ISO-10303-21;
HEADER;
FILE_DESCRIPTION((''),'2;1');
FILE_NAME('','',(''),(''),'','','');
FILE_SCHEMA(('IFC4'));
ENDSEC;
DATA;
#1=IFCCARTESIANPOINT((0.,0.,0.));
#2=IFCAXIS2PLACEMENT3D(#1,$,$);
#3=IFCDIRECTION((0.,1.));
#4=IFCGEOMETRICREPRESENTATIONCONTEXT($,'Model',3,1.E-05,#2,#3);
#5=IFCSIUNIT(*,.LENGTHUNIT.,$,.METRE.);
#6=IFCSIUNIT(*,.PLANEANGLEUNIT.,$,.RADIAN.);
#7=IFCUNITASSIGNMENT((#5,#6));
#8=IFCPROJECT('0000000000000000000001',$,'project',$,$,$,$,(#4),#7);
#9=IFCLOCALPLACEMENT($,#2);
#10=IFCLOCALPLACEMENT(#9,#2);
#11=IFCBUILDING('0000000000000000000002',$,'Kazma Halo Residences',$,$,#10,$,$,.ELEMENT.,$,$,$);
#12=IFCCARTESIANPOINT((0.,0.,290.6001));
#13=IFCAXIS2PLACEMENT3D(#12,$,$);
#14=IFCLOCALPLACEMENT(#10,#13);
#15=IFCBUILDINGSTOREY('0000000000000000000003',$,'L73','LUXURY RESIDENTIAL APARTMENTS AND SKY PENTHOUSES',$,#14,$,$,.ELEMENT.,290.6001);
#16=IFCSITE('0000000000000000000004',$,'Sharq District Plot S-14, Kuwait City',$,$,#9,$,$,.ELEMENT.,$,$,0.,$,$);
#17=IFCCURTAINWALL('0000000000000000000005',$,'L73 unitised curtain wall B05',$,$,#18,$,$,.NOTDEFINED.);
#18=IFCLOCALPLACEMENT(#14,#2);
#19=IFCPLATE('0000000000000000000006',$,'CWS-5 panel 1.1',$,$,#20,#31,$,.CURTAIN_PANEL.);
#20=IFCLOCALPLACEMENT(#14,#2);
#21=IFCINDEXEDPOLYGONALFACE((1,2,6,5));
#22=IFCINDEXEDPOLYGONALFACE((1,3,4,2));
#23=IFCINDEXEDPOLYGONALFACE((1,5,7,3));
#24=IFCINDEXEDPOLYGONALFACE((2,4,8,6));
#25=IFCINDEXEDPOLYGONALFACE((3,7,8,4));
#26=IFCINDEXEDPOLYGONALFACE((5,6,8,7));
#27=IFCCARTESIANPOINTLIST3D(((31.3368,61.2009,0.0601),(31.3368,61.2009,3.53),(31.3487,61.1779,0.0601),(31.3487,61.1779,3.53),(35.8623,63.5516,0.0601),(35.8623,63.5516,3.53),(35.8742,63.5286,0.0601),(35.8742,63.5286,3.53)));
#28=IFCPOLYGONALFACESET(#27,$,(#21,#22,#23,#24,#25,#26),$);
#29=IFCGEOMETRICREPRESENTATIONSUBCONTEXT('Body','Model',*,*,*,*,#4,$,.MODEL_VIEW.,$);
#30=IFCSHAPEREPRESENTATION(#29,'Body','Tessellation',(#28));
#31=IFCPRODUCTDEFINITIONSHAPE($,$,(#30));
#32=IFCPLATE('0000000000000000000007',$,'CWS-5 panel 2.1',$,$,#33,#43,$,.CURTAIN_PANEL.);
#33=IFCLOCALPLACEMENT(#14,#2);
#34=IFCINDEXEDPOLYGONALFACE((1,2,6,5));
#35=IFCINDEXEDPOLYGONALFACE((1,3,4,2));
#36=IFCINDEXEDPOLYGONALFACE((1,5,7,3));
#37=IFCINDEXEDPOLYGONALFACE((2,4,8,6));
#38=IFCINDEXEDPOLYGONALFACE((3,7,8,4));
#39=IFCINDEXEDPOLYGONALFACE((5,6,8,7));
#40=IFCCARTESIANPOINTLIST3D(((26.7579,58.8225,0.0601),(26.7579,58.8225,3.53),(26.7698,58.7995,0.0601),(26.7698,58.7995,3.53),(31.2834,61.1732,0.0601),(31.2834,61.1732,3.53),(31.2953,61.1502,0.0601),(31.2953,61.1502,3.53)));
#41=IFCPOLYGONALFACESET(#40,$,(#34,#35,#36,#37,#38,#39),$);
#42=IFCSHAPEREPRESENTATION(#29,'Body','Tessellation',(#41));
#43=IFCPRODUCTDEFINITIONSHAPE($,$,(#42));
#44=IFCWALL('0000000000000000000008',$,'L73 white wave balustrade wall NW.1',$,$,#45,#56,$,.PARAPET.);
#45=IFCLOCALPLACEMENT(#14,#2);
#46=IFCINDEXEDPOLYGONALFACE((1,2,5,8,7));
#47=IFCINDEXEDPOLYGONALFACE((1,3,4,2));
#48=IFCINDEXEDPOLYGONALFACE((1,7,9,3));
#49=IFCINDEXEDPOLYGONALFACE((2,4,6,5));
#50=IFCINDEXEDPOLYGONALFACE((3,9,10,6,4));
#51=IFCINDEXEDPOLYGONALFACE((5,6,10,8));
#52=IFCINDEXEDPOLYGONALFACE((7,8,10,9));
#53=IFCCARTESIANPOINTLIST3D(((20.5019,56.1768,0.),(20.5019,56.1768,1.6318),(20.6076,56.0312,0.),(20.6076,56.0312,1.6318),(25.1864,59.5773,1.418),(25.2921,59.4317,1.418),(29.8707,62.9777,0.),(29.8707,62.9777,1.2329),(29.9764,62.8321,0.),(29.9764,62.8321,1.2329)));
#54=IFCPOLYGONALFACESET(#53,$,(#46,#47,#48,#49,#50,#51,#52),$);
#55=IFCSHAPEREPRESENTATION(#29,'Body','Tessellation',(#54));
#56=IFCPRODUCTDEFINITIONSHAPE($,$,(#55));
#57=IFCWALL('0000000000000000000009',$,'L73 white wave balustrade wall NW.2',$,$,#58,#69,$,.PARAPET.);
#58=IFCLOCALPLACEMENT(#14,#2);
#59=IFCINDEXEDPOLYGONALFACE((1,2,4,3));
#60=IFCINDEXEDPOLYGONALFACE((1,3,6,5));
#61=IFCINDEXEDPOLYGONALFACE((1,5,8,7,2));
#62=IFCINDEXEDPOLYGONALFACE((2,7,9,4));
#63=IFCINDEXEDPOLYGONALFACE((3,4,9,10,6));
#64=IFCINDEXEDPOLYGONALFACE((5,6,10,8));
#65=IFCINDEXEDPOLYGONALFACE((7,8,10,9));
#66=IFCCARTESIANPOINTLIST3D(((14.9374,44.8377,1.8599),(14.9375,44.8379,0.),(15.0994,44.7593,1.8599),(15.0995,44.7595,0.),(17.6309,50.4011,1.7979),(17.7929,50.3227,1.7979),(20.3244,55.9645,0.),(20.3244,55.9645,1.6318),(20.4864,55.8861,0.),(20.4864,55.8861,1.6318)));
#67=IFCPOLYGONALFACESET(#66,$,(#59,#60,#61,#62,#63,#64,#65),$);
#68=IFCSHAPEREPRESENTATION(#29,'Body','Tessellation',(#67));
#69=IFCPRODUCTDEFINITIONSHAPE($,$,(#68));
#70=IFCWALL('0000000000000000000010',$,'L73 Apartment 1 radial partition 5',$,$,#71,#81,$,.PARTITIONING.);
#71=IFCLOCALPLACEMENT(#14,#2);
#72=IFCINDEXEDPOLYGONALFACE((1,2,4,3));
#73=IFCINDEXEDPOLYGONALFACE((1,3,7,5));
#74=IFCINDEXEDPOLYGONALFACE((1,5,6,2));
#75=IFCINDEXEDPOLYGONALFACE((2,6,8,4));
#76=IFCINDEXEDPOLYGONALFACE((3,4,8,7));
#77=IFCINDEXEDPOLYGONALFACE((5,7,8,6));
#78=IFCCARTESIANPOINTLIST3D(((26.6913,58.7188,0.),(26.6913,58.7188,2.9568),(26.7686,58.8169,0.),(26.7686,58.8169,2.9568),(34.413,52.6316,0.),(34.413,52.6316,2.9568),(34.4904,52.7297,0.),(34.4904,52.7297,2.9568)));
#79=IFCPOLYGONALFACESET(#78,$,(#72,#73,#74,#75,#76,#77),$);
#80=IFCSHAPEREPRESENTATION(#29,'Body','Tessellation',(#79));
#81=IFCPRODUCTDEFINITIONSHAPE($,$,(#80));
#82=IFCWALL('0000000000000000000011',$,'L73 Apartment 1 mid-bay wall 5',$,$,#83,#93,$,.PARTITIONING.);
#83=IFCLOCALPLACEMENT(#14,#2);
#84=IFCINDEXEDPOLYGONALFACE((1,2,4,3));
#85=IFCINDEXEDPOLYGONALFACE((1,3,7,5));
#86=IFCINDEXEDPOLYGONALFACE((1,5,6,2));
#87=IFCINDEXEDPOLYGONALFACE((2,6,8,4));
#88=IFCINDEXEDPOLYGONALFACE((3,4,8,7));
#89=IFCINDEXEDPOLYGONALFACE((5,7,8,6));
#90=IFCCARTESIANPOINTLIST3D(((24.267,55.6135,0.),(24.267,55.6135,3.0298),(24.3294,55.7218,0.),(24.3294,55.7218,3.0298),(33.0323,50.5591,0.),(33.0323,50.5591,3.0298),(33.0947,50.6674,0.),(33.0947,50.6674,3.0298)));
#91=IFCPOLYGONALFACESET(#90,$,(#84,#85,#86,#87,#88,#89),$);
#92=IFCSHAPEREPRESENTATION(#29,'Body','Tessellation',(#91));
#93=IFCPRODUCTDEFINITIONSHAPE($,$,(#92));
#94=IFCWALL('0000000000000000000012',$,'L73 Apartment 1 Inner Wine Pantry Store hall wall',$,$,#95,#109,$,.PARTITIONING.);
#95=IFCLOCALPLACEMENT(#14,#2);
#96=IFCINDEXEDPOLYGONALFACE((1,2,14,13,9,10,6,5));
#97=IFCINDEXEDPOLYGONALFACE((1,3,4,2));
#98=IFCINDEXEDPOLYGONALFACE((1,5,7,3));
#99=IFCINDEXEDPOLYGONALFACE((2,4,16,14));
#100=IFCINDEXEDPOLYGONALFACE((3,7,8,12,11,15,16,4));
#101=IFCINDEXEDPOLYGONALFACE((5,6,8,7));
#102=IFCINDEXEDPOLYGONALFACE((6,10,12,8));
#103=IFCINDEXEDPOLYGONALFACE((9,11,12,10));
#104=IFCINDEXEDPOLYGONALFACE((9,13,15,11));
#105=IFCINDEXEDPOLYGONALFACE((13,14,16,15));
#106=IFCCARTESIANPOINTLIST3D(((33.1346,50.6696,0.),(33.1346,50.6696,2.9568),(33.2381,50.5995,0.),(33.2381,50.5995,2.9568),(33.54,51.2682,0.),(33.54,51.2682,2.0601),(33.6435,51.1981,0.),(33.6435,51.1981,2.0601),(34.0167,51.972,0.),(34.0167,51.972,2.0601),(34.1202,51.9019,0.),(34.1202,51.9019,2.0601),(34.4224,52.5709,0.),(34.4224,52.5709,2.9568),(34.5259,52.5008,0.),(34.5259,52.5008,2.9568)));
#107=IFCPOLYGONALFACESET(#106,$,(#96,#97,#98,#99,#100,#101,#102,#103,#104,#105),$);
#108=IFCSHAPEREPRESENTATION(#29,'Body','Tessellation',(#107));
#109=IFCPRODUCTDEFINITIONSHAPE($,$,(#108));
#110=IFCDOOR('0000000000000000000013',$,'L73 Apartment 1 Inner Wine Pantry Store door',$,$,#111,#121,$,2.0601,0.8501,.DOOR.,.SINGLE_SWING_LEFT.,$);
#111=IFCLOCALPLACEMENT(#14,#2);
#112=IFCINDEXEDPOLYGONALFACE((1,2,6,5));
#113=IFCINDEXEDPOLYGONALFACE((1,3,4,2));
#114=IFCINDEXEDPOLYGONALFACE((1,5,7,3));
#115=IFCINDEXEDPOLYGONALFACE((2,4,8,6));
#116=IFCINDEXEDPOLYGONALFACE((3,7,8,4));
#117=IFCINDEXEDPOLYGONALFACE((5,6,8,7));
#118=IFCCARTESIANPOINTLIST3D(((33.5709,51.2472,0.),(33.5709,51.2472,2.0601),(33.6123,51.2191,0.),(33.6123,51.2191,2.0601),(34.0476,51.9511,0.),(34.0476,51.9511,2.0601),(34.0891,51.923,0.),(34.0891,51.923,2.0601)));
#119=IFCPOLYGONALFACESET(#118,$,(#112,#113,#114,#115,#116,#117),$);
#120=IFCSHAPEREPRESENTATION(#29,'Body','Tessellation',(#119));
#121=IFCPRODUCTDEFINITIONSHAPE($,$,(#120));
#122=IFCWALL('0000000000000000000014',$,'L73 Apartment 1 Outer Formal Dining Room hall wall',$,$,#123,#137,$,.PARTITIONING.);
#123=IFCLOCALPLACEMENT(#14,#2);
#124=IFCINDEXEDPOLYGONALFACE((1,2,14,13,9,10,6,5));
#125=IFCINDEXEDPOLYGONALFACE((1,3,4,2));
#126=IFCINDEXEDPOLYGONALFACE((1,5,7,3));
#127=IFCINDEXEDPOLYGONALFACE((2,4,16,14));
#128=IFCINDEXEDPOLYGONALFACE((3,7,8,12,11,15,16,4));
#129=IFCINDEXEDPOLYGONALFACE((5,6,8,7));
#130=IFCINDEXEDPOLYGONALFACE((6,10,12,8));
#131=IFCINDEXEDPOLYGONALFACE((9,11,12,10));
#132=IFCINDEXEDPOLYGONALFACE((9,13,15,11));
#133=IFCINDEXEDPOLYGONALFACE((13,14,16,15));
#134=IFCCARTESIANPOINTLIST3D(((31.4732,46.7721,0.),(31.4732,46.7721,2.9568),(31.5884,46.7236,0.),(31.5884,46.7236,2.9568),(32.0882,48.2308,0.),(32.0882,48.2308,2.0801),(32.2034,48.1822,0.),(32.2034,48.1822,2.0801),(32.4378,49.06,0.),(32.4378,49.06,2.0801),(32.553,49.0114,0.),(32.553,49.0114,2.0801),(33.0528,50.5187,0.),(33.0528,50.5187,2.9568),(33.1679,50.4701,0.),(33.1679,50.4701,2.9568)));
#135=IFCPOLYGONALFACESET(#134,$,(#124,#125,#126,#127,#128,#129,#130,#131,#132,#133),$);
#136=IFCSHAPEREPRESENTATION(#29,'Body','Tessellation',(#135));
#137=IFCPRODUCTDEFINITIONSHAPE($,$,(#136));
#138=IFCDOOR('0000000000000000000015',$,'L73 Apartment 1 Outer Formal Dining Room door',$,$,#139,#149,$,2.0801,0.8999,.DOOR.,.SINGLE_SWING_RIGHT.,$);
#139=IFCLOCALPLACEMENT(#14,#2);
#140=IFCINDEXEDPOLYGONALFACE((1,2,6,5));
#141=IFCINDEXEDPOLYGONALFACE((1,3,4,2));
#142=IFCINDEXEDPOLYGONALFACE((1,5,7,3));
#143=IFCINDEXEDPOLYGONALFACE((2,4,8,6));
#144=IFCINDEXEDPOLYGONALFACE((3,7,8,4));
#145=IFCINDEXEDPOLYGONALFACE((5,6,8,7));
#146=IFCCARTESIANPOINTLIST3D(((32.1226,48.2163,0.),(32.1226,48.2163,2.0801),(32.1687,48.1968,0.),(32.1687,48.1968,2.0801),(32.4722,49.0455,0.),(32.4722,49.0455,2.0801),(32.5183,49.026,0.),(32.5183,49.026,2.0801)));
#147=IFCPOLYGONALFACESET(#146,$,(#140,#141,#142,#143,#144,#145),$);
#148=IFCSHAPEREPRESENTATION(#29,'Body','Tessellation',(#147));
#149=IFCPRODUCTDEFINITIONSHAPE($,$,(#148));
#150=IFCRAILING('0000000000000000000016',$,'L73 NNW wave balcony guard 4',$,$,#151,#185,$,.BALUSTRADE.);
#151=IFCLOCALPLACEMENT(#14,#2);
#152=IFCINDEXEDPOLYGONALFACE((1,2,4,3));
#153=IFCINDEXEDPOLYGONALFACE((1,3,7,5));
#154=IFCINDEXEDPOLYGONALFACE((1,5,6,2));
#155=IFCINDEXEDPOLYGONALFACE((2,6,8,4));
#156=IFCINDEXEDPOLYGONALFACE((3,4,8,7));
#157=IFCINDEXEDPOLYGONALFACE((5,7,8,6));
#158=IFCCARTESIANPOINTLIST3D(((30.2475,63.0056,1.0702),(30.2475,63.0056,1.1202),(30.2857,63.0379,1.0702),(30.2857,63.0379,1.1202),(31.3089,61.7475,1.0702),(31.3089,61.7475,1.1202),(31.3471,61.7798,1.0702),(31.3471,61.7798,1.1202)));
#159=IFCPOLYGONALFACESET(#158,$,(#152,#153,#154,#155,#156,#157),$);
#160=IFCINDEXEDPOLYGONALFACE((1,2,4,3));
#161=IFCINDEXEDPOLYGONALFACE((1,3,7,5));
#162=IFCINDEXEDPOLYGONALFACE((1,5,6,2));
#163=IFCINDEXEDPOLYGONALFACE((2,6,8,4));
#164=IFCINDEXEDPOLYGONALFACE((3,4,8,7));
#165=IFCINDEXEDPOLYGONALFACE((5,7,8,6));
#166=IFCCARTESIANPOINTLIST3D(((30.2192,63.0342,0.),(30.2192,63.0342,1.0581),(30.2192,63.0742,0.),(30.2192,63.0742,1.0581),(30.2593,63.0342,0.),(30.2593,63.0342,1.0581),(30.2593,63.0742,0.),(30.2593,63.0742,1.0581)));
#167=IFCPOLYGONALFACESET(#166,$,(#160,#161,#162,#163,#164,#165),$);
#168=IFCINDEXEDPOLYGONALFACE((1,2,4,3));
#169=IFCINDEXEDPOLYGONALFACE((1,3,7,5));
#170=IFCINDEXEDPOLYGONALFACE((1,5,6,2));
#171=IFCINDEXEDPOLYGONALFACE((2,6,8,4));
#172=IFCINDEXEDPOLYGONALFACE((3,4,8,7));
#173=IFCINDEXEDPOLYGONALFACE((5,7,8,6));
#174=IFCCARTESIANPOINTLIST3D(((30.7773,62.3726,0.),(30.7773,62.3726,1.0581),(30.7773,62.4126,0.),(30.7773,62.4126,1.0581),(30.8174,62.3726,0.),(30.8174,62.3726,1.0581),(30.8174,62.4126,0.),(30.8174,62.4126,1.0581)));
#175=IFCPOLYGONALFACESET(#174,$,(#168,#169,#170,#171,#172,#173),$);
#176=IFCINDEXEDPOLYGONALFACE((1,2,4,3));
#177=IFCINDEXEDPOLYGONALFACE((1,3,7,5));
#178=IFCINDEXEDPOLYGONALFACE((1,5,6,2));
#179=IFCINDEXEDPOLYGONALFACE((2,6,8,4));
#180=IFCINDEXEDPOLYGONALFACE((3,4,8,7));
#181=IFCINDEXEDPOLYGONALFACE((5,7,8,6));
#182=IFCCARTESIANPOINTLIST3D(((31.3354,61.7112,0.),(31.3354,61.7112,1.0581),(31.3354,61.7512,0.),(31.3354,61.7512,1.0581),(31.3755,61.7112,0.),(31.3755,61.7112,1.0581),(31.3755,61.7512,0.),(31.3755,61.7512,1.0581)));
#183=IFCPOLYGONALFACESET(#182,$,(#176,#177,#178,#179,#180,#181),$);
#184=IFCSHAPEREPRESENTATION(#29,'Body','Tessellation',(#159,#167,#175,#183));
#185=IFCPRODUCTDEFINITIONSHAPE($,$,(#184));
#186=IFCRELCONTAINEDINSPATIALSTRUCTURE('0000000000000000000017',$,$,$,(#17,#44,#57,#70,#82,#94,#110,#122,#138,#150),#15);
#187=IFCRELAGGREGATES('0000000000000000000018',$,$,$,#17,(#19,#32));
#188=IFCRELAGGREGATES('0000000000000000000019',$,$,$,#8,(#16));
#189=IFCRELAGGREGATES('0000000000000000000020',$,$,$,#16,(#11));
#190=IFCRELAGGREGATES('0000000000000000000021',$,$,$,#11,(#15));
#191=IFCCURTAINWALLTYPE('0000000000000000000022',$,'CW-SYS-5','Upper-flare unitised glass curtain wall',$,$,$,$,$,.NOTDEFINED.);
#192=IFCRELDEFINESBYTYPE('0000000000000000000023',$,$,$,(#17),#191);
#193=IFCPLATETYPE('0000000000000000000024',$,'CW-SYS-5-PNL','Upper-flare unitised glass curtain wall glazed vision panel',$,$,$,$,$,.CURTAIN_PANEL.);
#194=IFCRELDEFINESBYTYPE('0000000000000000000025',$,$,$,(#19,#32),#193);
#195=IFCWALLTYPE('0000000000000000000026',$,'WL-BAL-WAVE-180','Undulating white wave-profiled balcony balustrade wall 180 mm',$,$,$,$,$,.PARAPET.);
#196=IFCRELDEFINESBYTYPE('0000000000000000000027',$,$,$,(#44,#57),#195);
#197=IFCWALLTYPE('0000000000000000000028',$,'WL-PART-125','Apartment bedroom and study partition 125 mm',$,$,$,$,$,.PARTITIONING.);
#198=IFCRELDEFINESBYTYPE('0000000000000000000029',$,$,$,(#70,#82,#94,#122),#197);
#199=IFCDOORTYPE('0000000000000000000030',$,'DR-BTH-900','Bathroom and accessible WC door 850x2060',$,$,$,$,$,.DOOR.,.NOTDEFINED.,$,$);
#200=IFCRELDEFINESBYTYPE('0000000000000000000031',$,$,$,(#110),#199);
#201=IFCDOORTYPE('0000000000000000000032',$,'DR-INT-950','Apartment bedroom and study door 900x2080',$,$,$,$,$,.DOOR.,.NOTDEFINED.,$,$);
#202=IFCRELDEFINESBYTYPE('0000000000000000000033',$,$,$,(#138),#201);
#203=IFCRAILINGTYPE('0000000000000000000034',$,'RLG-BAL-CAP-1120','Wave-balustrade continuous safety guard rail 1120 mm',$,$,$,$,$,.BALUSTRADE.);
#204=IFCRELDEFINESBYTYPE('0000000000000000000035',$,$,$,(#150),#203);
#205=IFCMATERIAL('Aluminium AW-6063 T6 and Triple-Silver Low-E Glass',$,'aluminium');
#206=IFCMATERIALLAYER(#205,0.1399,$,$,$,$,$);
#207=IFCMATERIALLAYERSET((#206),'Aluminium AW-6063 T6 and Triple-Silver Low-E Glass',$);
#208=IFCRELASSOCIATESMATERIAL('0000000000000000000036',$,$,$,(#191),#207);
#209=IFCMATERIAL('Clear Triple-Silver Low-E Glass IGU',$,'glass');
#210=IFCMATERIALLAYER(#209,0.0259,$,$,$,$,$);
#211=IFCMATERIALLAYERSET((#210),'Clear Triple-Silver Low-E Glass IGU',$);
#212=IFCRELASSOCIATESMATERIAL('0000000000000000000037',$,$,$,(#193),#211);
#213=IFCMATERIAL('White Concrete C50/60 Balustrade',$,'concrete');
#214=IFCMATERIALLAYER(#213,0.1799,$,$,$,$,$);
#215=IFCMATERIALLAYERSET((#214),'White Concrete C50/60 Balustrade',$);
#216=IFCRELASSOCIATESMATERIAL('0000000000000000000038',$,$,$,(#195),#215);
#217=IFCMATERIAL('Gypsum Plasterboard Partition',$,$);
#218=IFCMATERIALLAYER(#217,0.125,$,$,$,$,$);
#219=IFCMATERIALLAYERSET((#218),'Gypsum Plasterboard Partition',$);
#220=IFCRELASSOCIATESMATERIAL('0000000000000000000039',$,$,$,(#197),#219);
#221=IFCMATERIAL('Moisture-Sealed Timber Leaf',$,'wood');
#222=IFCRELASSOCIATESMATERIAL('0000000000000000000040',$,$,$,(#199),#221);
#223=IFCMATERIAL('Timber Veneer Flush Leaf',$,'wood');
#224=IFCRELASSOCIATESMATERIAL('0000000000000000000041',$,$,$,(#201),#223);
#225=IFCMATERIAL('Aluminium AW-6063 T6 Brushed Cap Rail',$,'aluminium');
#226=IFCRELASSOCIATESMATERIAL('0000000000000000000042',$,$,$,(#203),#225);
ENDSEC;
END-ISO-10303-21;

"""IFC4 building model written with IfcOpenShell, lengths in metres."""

from ifc_helpers import new_model, si_unit, direction, frame, frame_2d, origin, origin_2d, place, context, subcontext, project, spatial, polyline, rectangle, outline, extrude, material, layer, layer_set, type_object, element, fill, aggregate, save


model = new_model("IFC4")

# Units and contexts
model_context = context("Model", 3, precision=1e-05, world=origin(), true_north=direction((0.0, 1.0)))
body_context = subcontext(model_context, "Body", "Model", "MODEL_VIEW")
ifc_project = project(units=[si_unit("LENGTHUNIT", "METRE"), si_unit("PLANEANGLEUNIT", "RADIAN")], contexts=[model_context])

# Site, building, storey
site_placement = place(None, origin())
site = spatial("IfcSite", under=ifc_project, at=site_placement, Name="Sharq District Plot S-14, Kuwait City", CompositionType="ELEMENT", RefElevation=0.0)
building_placement = place(site_placement, origin())
building = spatial("IfcBuilding", under=site, at=building_placement, Name="Kazma Halo Residences", CompositionType="ELEMENT")
storey_placement = place(building_placement, frame((0.0, 0.0, 290.6001)))
storey = spatial("IfcBuildingStorey", under=building, at=storey_placement, Name="L73", Description="LUXURY RESIDENTIAL APARTMENTS AND SKY PENTHOUSES", CompositionType="ELEMENT", Elevation=290.6001)

# Curtain wall, plates
ifc_material_1 = material(Name="Aluminium AW-6063 T6 and Triple-Silver Low-E Glass", Category="aluminium")
ifc_layer_1 = layer(ifc_material_1, 0.1399)
ifc_layer_set_1 = layer_set([ifc_layer_1], Name="Aluminium AW-6063 T6 and Triple-Silver Low-E Glass")
curtain_wall_type = type_object("IfcCurtainWallType", Name="CW-SYS-5", Description="Upper-flare unitised glass curtain wall", PredefinedType="NOTDEFINED", material=ifc_layer_set_1)
curtain_wall_placement = place(storey_placement, origin())
curtain_wall = element("IfcCurtainWall", 1, at=curtain_wall_placement, inside=storey, type_object=curtain_wall_type, Name="L73 unitised curtain wall B05", PredefinedType="NOTDEFINED")
ifc_material_2 = material(Name="Clear Triple-Silver Low-E Glass IGU", Category="glass")
ifc_layer_2 = layer(ifc_material_2, 0.0259)
ifc_layer_set_2 = layer_set([ifc_layer_2], Name="Clear Triple-Silver Low-E Glass IGU")
plate_type = type_object("IfcPlateType", Name="CW-SYS-5-PNL", Description="Upper-flare unitised glass curtain wall glazed vision panel", PredefinedType="CURTAIN_PANEL", material=ifc_layer_set_2)
plate_1_placement = place(storey_placement, frame((33.6055, 62.3647, 0.0601), z_axis=(0.0, 0.0, 1.0), x_axis=(-0.887421, -0.460961, 0.0)))
plate_1 = element("IfcPlate", 2, at=plate_1_placement, type_object=plate_type, Name="CWS-5 panel 1.1", PredefinedType="CURTAIN_PANEL", context=body_context, shape_type="SweptSolid", body=[
    extrude(rectangle(XDim=5.0996, YDim=0.0259, at=origin_2d()), origin(), (0.0, 0.0, 1.0), 3.47),
])
plate_2_placement = place(storey_placement, frame((29.0266, 59.9863, 0.0601), z_axis=(0.0, 0.0, 1.0), x_axis=(-0.887421, -0.460961, 0.0)))
plate_2 = element("IfcPlate", 3, at=plate_2_placement, type_object=plate_type, Name="CWS-5 panel 2.1", PredefinedType="CURTAIN_PANEL", context=body_context, shape_type="SweptSolid", body=[
    extrude(rectangle(XDim=5.0996, YDim=0.0259, at=origin_2d()), origin(), (0.0, 0.0, 1.0), 3.47),
])
aggregate(curtain_wall, [plate_1, plate_2])

# Walls
ifc_material_3 = material(Name="White Concrete C50/60 Balustrade", Category="concrete")
ifc_layer_3 = layer(ifc_material_3, 0.1799)
ifc_layer_set_3 = layer_set([ifc_layer_3], Name="White Concrete C50/60 Balustrade")
wall_type_1 = type_object("IfcWallType", Name="WL-BAL-WAVE-180", Description="Undulating white wave-profiled balcony balustrade wall 180 mm", PredefinedType="PARAPET", material=ifc_layer_set_3)
wall_1_placement = place(storey_placement, frame((29.9236, 62.9048, 0.0), z_axis=(0.0, 0.0, 1.0), x_axis=(-0.809261, -0.587449, 0.0)))
element("IfcWall", 4, at=wall_1_placement, inside=storey, type_object=wall_type_1, Name="L73 white wave balustrade wall NW.1", PredefinedType="PARAPET", context=body_context, shape_type="SweptSolid", body=[
    extrude(outline(polyline([(0.0, 0.0), (11.5769, 0.0), (11.5769, 1.6318), (5.7883, 1.418), (0.0, 1.2329), (0.0, 0.0)])), frame((0.0, 0.0898, 0.0), z_axis=(0.0, -1.0, 0.0), x_axis=(1.0, 0.0, 0.0)), (0.0, 0.0, 1.0), 0.1799),
])
wall_2_placement = place(storey_placement, frame((20.4055, 55.9253, 0.0), z_axis=(0.0, 0.0, 1.0), x_axis=(-0.435762, -0.900062, 0.0)))
element("IfcWall", 5, at=wall_2_placement, inside=storey, type_object=wall_type_1, Name="L73 white wave balustrade wall NW.2", PredefinedType="PARAPET", context=body_context, shape_type="SweptSolid", body=[
    extrude(outline(polyline([(0.0, 0.0), (12.3621, 0.0), (12.3623, 1.8599), (6.1812, 1.7979), (0.0, 1.6318), (0.0, 0.0)])), frame((0.0, 0.0898, 0.0), z_axis=(0.0, -1.0, 0.0), x_axis=(1.0, 0.0, 0.0)), (0.0, 0.0, 1.0), 0.1799),
])

# Walls
ifc_material_4 = material(Name="Gypsum Plasterboard Partition")
ifc_layer_4 = layer(ifc_material_4, 0.125)
ifc_layer_set_4 = layer_set([ifc_layer_4], Name="Gypsum Plasterboard Partition")
wall_type_2 = type_object("IfcWallType", Name="WL-PART-125", Description="Apartment bedroom and study partition 125 mm", PredefinedType="PARTITIONING", material=ifc_layer_set_4)
wall_3_placement = place(storey_placement, frame((34.4517, 52.6807, 0.0), z_axis=(0.0, 0.0, 1.0), x_axis=(-0.785323, 0.619086, 0.0)))
element("IfcWall", 6, at=wall_3_placement, inside=storey, type_object=wall_type_2, Name="L73 Apartment 1 radial partition 5", PredefinedType="PARTITIONING", context=body_context, shape_type="SweptSolid", body=[
    extrude(rectangle(XDim=9.8325, YDim=0.125, at=frame_2d((4.9163, 0.0))), origin(), (0.0, 0.0, 1.0), 2.9568),
])
wall_4_placement = place(storey_placement, frame((33.0635, 50.6133, 0.0), z_axis=(0.0, 0.0, 1.0), x_axis=(-0.866293, 0.499537, 0.0)))
element("IfcWall", 7, at=wall_4_placement, inside=storey, type_object=wall_type_2, Name="L73 Apartment 1 mid-bay wall 5", PredefinedType="PARTITIONING", context=body_context, shape_type="SweptSolid", body=[
    extrude(rectangle(XDim=10.1182, YDim=0.125, at=frame_2d((5.0591, 0.0))), origin(), (0.0, 0.0, 1.0), 3.0298),
])

# Walls, openings, doors
wall_5_placement = place(storey_placement, frame((34.4741, 52.5359, 0.0), z_axis=(0.0, 0.0, 1.0), x_axis=(-0.560794, -0.827955, 0.0)))
wall_5 = element("IfcWall", 8, at=wall_5_placement, inside=storey, type_object=wall_type_2, Name="L73 Apartment 1 Inner Wine Pantry Store hall wall", PredefinedType="PARTITIONING", context=body_context, shape_type="SweptSolid", body=[
    extrude(rectangle(XDim=2.2964, YDim=0.125, at=frame_2d((1.1482, 0.0))), origin(), (0.0, 0.0, 1.0), 2.9568),
])
opening_1_placement = place(wall_5_placement, frame((0.7234, 0.0, 0.0)))
opening_1 = element("IfcOpeningElement", 9, at=opening_1_placement, cuts=wall_5, PredefinedType="OPENING", context=body_context, shape_type="SweptSolid", body=[
    extrude(rectangle(XDim=0.8501, YDim=2.0601, at=frame_2d((0.425, 1.03))), frame((0.0, 0.0725, 0.0), z_axis=(0.0, -1.0, 0.0), x_axis=(1.0, 0.0, 0.0)), (0.0, 0.0, 1.0), 0.145),
])
ifc_material_5 = material(Name="Moisture-Sealed Timber Leaf", Category="wood")
door_type_1 = type_object("IfcDoorType", Name="DR-BTH-900", Description="Bathroom and accessible WC door 850x2060", OperationType="NOTDEFINED", PredefinedType="DOOR", material=ifc_material_5)
door_1_placement = place(opening_1_placement, origin())
door_1 = element("IfcDoor", 10, at=door_1_placement, inside=storey, type_object=door_type_1, Name="L73 Apartment 1 Inner Wine Pantry Store door", OperationType="SINGLE_SWING_LEFT", OverallHeight=2.0601, OverallWidth=0.8501, PredefinedType="DOOR", context=body_context, shape_type="SweptSolid", body=[
    extrude(rectangle(XDim=0.8501, YDim=2.0601, at=frame_2d((0.425, 1.03))), frame((0.0, 0.0249, 0.0), z_axis=(0.0, -1.0, 0.0), x_axis=(1.0, 0.0, 0.0)), (0.0, 0.0, 1.0), 0.05),
])
fill(opening_1, door_1)
wall_6_placement = place(storey_placement, frame((33.1104, 50.4944, 0.0), z_axis=(0.0, 0.0, 1.0), x_axis=(-0.388492, -0.921452, 0.0)))
wall_6 = element("IfcWall", 11, at=wall_6_placement, inside=storey, type_object=wall_type_2, Name="L73 Apartment 1 Outer Formal Dining Room hall wall", PredefinedType="PARTITIONING", context=body_context, shape_type="SweptSolid", body=[
    extrude(rectangle(XDim=4.0659, YDim=0.125, at=frame_2d((2.033, 0.0))), origin(), (0.0, 0.0, 1.0), 2.9568),
])
opening_2_placement = place(wall_6_placement, frame((1.583, 0.0, 0.0)))
opening_2 = element("IfcOpeningElement", 12, at=opening_2_placement, cuts=wall_6, PredefinedType="OPENING", context=body_context, shape_type="SweptSolid", body=[
    extrude(rectangle(XDim=0.8999, YDim=2.0801, at=frame_2d((0.45, 1.04))), frame((0.0, 0.0725, 0.0), z_axis=(0.0, -1.0, 0.0), x_axis=(1.0, 0.0, 0.0)), (0.0, 0.0, 1.0), 0.145),
])
ifc_material_6 = material(Name="Timber Veneer Flush Leaf", Category="wood")
door_type_2 = type_object("IfcDoorType", Name="DR-INT-950", Description="Apartment bedroom and study door 900x2080", OperationType="NOTDEFINED", PredefinedType="DOOR", material=ifc_material_6)
door_2_placement = place(opening_2_placement, origin())
door_2 = element("IfcDoor", 13, at=door_2_placement, inside=storey, type_object=door_type_2, Name="L73 Apartment 1 Outer Formal Dining Room door", OperationType="SINGLE_SWING_RIGHT", OverallHeight=2.0801, OverallWidth=0.8999, PredefinedType="DOOR", context=body_context, shape_type="SweptSolid", body=[
    extrude(rectangle(XDim=0.8999, YDim=2.0801, at=frame_2d((0.45, 1.04))), frame((0.0, 0.0249, 0.0), z_axis=(0.0, -1.0, 0.0), x_axis=(1.0, 0.0, 0.0)), (0.0, 0.0, 1.0), 0.05),
])
fill(opening_2, door_2)

# Railing
ifc_material_7 = material(Name="Aluminium AW-6063 T6 Brushed Cap Rail", Category="aluminium")
railing_type = type_object("IfcRailingType", Name="RLG-BAL-CAP-1120", Description="Wave-balustrade continuous safety guard rail 1120 mm", PredefinedType="BALUSTRADE", material=ifc_material_7)
railing_1_placement = place(storey_placement, frame((30.2393, 63.0542, 0.0)))
element("IfcRailing", 14, at=railing_1_placement, inside=storey, type_object=railing_type, Name="L73 NNW wave balcony guard 4", PredefinedType="BALUSTRADE", context=body_context, shape_type="SweptSolid", body=[
    extrude(rectangle(XDim=0.05, YDim=0.05, at=origin_2d()), frame((0.0273, -0.0325, 1.0952), z_axis=(0.644848, -0.764311, 0.0), x_axis=(0.764311, 0.644848, 0.0)), (0.0, 0.0, 1.0), 1.646),
    extrude(rectangle(XDim=0.04, YDim=0.04, at=origin_2d()), origin(), (0.0, 0.0, 1.0), 1.0581),
    extrude(rectangle(XDim=0.04, YDim=0.04, at=origin_2d()), frame((0.5581, -0.6616, 0.0)), (0.0, 0.0, 1.0), 1.0581),
    extrude(rectangle(XDim=0.04, YDim=0.04, at=origin_2d()), frame((1.1162, -1.323, 0.0)), (0.0, 0.0, 1.0), 1.0581),
])

save(model, "model.ifc")
